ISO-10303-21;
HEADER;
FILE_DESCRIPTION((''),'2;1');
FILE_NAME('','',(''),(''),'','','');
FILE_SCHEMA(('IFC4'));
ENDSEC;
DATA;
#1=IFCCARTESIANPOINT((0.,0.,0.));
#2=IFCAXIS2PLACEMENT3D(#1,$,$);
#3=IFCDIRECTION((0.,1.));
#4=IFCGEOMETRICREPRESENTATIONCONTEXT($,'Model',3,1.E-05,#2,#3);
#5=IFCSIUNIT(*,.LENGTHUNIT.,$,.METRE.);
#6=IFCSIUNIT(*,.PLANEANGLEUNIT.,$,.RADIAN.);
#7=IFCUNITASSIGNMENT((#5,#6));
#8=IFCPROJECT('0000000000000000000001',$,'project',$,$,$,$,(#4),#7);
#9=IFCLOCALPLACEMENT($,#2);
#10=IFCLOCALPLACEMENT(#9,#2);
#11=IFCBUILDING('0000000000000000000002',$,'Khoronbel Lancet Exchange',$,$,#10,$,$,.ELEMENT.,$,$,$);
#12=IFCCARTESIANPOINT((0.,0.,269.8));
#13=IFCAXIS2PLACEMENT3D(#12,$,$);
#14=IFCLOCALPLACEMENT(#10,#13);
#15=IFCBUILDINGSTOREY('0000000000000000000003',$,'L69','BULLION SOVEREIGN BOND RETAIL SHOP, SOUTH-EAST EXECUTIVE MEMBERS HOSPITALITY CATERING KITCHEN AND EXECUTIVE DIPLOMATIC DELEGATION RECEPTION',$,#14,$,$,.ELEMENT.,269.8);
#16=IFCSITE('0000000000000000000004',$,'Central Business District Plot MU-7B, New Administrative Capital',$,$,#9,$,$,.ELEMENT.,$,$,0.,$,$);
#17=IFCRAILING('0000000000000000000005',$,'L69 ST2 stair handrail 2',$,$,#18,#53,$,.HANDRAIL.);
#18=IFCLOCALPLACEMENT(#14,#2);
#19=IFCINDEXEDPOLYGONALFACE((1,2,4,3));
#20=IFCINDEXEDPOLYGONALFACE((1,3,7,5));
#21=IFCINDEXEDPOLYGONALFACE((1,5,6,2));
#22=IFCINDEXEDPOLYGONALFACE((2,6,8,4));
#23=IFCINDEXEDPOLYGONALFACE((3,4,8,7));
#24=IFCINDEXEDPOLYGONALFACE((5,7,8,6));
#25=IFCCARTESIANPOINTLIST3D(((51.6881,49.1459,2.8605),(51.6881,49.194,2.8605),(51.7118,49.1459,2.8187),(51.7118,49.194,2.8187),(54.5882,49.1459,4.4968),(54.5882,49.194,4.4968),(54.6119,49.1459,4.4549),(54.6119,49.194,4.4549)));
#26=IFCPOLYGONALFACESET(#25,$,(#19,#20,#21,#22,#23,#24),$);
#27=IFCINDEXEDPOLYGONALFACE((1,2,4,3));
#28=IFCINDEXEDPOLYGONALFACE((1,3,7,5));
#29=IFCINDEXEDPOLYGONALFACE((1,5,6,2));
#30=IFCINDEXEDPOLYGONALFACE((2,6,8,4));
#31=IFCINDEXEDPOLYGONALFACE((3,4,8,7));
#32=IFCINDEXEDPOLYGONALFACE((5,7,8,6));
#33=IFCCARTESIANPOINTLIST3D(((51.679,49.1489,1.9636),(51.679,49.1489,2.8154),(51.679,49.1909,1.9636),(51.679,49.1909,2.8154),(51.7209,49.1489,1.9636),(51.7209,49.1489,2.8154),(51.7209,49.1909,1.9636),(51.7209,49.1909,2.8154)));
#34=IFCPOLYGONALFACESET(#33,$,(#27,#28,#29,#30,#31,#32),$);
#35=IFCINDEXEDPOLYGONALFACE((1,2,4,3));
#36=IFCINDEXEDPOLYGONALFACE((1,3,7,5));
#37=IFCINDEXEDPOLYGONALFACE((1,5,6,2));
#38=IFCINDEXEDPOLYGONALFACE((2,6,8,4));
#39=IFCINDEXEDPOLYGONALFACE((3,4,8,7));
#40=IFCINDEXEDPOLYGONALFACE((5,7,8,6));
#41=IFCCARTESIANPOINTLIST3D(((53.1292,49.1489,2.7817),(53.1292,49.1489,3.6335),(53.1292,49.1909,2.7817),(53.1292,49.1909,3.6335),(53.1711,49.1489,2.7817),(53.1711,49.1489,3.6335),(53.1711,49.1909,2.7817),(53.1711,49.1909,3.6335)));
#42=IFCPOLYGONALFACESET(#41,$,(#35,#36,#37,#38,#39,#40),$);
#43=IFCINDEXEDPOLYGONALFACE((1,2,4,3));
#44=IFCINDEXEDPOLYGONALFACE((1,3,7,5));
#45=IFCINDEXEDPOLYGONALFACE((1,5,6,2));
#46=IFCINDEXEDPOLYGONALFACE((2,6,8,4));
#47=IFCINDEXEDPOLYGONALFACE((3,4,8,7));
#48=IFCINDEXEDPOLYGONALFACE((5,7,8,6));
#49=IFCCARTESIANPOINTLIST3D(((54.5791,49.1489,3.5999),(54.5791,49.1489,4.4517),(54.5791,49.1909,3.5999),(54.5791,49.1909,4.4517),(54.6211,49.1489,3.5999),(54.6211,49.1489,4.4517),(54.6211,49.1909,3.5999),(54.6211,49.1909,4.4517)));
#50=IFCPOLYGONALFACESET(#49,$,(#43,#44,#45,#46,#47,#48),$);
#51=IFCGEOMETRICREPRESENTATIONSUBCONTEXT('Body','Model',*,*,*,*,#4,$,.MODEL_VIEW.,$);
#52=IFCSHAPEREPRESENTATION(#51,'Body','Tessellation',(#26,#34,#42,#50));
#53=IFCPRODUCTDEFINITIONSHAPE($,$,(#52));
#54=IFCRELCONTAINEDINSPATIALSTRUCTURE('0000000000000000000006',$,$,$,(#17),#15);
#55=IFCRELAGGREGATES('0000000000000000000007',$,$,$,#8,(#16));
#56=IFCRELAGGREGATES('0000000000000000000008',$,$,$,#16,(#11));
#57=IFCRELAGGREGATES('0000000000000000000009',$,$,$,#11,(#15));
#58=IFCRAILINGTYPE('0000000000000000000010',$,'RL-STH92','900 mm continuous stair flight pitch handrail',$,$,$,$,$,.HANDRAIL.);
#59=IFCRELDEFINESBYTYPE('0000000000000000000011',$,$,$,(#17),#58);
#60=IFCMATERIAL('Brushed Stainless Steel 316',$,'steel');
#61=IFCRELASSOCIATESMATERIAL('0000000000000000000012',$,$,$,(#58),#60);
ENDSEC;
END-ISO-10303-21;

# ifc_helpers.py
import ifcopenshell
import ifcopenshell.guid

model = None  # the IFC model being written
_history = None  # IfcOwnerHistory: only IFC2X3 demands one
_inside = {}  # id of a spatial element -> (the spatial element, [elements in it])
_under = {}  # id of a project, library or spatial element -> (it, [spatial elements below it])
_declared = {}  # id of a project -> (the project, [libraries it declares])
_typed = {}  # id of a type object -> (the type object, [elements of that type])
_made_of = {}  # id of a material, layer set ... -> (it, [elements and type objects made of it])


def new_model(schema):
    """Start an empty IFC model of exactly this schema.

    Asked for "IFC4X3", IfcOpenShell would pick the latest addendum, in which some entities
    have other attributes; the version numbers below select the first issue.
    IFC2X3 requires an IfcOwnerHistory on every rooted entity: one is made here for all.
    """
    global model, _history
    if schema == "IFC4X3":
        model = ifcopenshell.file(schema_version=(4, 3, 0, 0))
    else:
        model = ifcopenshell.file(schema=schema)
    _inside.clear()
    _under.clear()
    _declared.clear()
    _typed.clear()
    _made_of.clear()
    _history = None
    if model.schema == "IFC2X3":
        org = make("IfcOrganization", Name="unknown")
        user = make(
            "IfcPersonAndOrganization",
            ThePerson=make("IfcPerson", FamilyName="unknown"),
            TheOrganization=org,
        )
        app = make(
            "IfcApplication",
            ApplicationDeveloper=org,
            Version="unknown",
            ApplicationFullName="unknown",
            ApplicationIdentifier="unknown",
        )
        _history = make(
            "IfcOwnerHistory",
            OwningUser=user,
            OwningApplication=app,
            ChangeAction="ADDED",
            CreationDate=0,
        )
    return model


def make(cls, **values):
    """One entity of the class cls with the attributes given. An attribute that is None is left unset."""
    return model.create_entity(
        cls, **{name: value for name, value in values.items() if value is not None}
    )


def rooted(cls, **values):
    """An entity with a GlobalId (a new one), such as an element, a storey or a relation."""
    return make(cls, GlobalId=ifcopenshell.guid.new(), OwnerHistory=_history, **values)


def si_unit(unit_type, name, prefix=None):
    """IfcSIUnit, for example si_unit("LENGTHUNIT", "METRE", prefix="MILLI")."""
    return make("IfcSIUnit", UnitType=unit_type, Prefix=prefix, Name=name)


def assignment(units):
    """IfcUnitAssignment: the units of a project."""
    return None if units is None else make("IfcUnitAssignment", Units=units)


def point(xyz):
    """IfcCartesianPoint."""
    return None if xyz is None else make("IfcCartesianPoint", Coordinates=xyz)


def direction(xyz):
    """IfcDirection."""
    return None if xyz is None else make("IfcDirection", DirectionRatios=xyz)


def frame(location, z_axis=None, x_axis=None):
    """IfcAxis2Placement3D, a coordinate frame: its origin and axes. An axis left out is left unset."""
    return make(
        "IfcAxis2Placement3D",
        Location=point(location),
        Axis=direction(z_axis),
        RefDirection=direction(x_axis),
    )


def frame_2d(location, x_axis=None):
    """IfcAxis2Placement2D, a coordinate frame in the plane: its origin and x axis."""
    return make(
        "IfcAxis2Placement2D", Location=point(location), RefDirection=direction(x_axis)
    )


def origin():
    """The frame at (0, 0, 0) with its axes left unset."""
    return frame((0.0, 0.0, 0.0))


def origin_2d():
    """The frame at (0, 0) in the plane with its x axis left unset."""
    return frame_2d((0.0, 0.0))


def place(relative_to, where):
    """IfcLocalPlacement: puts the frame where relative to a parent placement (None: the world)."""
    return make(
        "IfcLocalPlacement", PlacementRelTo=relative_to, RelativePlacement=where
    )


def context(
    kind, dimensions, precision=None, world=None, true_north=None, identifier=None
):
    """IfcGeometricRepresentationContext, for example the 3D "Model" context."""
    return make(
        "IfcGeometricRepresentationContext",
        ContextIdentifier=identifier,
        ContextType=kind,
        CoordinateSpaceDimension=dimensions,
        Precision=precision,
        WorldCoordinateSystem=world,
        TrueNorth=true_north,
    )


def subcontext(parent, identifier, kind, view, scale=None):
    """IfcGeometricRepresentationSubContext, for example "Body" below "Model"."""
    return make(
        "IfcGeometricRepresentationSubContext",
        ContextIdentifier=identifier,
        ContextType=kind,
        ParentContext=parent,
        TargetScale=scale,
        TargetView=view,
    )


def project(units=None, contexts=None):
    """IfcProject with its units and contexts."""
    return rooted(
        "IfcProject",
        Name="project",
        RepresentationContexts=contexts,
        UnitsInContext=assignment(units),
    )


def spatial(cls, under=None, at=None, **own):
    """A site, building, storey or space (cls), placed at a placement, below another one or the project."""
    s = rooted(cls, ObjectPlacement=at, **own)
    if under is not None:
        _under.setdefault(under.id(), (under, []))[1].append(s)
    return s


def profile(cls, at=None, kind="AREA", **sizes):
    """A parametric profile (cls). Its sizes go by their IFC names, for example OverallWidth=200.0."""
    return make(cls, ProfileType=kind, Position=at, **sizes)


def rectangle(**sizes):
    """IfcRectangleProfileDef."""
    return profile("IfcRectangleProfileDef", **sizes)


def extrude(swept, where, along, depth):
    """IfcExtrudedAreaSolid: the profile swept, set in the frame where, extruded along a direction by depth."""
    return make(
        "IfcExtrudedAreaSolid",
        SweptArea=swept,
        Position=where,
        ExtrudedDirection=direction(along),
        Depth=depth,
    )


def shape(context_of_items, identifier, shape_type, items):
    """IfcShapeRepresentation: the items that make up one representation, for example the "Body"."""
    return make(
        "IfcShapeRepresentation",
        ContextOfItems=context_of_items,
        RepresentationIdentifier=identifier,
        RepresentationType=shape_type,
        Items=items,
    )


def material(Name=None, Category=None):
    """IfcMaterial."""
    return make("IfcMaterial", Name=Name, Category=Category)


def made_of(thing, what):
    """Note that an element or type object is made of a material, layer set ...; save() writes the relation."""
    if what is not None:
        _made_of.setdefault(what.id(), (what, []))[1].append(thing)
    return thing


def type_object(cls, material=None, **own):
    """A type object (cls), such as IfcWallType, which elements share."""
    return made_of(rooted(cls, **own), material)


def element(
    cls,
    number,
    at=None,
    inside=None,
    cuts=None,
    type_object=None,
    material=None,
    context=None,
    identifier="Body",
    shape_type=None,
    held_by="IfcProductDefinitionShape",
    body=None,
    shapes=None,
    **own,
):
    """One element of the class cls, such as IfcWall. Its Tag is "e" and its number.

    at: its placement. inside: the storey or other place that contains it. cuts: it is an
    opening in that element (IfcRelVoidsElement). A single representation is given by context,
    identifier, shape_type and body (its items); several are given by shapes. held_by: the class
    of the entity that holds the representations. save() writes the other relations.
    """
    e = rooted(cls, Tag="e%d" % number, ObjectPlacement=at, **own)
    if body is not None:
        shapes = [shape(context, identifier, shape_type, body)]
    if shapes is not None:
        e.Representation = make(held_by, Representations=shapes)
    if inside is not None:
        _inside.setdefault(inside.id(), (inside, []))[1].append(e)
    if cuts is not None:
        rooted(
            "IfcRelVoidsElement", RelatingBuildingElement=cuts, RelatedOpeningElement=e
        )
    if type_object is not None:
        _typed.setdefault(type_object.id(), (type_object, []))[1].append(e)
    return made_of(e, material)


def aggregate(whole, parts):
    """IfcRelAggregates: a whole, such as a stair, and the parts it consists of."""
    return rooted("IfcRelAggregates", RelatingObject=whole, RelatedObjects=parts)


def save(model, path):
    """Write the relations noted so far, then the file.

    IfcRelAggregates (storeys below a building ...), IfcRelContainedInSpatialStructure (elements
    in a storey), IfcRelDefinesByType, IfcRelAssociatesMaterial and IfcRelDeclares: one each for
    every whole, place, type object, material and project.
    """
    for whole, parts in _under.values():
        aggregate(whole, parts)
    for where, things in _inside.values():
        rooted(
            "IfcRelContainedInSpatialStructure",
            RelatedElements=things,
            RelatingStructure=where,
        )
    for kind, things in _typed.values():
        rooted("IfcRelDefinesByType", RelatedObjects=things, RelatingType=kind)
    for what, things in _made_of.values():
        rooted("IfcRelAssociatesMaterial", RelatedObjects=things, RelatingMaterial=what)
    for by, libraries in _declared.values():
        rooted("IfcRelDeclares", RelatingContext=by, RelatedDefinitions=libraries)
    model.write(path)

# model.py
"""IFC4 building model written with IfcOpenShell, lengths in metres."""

from ifc_helpers import new_model, si_unit, direction, frame, origin, origin_2d, place, context, subcontext, project, spatial, rectangle, extrude, material, type_object, element, save


model = new_model("IFC4")

# Units and contexts
model_context = context("Model", 3, precision=1e-05, world=origin(), true_north=direction((0.0, 1.0)))
body_context = subcontext(model_context, "Body", "Model", "MODEL_VIEW")
ifc_project = project(units=[si_unit("LENGTHUNIT", "METRE"), si_unit("PLANEANGLEUNIT", "RADIAN")], contexts=[model_context])

# Site, building, storey
site_placement = place(None, origin())
site = spatial("IfcSite", under=ifc_project, at=site_placement, Name="Central Business District Plot MU-7B, New Administrative Capital", CompositionType="ELEMENT", RefElevation=0.0)
building_placement = place(site_placement, origin())
building = spatial("IfcBuilding", under=site, at=building_placement, Name="Khoronbel Lancet Exchange", CompositionType="ELEMENT")
storey_placement = place(building_placement, frame((0.0, 0.0, 269.8)))
storey = spatial("IfcBuildingStorey", under=building, at=storey_placement, Name="L69", Description="BULLION SOVEREIGN BOND RETAIL SHOP, SOUTH-EAST EXECUTIVE MEMBERS HOSPITALITY CATERING KITCHEN AND EXECUTIVE DIPLOMATIC DELEGATION RECEPTION", CompositionType="ELEMENT", Elevation=269.8)

# Railing
ifc_material_1 = material(Name="Brushed Stainless Steel 316", Category="steel")
railing_type_1 = type_object("IfcRailingType", Name="RL-STH92", Description="900 mm continuous stair flight pitch handrail", PredefinedType="HANDRAIL", material=ifc_material_1)
railing_1_placement = place(storey_placement, frame((51.7, 49.1699, 1.9636)))
element("IfcRailing", 1, at=railing_1_placement, inside=storey, type_object=railing_type_1, Name="L69 ST2 stair handrail 2", PredefinedType="HANDRAIL", context=body_context, shape_type="SweptSolid", body=[
    extrude(rectangle(XDim=0.0481, YDim=0.0481, at=origin_2d()), frame((0.0, 0.0, 0.876), z_axis=(0.870946, 0.0, 0.491378), x_axis=(0.0, 1.0, 0.0)), (0.0, 0.0, 1.0), 3.3298),
    extrude(rectangle(XDim=0.042, YDim=0.042, at=origin_2d()), origin(), (0.0, 0.0, 1.0), 0.8518),
    extrude(rectangle(XDim=0.042, YDim=0.042, at=origin_2d()), frame((1.4502, 0.0, 0.8181)), (0.0, 0.0, 1.0), 0.8518),
    extrude(rectangle(XDim=0.042, YDim=0.042, at=origin_2d()), frame((2.9001, 0.0, 1.6362)), (0.0, 0.0, 1.0), 0.8518),
])

save(model, "model.ifc")
